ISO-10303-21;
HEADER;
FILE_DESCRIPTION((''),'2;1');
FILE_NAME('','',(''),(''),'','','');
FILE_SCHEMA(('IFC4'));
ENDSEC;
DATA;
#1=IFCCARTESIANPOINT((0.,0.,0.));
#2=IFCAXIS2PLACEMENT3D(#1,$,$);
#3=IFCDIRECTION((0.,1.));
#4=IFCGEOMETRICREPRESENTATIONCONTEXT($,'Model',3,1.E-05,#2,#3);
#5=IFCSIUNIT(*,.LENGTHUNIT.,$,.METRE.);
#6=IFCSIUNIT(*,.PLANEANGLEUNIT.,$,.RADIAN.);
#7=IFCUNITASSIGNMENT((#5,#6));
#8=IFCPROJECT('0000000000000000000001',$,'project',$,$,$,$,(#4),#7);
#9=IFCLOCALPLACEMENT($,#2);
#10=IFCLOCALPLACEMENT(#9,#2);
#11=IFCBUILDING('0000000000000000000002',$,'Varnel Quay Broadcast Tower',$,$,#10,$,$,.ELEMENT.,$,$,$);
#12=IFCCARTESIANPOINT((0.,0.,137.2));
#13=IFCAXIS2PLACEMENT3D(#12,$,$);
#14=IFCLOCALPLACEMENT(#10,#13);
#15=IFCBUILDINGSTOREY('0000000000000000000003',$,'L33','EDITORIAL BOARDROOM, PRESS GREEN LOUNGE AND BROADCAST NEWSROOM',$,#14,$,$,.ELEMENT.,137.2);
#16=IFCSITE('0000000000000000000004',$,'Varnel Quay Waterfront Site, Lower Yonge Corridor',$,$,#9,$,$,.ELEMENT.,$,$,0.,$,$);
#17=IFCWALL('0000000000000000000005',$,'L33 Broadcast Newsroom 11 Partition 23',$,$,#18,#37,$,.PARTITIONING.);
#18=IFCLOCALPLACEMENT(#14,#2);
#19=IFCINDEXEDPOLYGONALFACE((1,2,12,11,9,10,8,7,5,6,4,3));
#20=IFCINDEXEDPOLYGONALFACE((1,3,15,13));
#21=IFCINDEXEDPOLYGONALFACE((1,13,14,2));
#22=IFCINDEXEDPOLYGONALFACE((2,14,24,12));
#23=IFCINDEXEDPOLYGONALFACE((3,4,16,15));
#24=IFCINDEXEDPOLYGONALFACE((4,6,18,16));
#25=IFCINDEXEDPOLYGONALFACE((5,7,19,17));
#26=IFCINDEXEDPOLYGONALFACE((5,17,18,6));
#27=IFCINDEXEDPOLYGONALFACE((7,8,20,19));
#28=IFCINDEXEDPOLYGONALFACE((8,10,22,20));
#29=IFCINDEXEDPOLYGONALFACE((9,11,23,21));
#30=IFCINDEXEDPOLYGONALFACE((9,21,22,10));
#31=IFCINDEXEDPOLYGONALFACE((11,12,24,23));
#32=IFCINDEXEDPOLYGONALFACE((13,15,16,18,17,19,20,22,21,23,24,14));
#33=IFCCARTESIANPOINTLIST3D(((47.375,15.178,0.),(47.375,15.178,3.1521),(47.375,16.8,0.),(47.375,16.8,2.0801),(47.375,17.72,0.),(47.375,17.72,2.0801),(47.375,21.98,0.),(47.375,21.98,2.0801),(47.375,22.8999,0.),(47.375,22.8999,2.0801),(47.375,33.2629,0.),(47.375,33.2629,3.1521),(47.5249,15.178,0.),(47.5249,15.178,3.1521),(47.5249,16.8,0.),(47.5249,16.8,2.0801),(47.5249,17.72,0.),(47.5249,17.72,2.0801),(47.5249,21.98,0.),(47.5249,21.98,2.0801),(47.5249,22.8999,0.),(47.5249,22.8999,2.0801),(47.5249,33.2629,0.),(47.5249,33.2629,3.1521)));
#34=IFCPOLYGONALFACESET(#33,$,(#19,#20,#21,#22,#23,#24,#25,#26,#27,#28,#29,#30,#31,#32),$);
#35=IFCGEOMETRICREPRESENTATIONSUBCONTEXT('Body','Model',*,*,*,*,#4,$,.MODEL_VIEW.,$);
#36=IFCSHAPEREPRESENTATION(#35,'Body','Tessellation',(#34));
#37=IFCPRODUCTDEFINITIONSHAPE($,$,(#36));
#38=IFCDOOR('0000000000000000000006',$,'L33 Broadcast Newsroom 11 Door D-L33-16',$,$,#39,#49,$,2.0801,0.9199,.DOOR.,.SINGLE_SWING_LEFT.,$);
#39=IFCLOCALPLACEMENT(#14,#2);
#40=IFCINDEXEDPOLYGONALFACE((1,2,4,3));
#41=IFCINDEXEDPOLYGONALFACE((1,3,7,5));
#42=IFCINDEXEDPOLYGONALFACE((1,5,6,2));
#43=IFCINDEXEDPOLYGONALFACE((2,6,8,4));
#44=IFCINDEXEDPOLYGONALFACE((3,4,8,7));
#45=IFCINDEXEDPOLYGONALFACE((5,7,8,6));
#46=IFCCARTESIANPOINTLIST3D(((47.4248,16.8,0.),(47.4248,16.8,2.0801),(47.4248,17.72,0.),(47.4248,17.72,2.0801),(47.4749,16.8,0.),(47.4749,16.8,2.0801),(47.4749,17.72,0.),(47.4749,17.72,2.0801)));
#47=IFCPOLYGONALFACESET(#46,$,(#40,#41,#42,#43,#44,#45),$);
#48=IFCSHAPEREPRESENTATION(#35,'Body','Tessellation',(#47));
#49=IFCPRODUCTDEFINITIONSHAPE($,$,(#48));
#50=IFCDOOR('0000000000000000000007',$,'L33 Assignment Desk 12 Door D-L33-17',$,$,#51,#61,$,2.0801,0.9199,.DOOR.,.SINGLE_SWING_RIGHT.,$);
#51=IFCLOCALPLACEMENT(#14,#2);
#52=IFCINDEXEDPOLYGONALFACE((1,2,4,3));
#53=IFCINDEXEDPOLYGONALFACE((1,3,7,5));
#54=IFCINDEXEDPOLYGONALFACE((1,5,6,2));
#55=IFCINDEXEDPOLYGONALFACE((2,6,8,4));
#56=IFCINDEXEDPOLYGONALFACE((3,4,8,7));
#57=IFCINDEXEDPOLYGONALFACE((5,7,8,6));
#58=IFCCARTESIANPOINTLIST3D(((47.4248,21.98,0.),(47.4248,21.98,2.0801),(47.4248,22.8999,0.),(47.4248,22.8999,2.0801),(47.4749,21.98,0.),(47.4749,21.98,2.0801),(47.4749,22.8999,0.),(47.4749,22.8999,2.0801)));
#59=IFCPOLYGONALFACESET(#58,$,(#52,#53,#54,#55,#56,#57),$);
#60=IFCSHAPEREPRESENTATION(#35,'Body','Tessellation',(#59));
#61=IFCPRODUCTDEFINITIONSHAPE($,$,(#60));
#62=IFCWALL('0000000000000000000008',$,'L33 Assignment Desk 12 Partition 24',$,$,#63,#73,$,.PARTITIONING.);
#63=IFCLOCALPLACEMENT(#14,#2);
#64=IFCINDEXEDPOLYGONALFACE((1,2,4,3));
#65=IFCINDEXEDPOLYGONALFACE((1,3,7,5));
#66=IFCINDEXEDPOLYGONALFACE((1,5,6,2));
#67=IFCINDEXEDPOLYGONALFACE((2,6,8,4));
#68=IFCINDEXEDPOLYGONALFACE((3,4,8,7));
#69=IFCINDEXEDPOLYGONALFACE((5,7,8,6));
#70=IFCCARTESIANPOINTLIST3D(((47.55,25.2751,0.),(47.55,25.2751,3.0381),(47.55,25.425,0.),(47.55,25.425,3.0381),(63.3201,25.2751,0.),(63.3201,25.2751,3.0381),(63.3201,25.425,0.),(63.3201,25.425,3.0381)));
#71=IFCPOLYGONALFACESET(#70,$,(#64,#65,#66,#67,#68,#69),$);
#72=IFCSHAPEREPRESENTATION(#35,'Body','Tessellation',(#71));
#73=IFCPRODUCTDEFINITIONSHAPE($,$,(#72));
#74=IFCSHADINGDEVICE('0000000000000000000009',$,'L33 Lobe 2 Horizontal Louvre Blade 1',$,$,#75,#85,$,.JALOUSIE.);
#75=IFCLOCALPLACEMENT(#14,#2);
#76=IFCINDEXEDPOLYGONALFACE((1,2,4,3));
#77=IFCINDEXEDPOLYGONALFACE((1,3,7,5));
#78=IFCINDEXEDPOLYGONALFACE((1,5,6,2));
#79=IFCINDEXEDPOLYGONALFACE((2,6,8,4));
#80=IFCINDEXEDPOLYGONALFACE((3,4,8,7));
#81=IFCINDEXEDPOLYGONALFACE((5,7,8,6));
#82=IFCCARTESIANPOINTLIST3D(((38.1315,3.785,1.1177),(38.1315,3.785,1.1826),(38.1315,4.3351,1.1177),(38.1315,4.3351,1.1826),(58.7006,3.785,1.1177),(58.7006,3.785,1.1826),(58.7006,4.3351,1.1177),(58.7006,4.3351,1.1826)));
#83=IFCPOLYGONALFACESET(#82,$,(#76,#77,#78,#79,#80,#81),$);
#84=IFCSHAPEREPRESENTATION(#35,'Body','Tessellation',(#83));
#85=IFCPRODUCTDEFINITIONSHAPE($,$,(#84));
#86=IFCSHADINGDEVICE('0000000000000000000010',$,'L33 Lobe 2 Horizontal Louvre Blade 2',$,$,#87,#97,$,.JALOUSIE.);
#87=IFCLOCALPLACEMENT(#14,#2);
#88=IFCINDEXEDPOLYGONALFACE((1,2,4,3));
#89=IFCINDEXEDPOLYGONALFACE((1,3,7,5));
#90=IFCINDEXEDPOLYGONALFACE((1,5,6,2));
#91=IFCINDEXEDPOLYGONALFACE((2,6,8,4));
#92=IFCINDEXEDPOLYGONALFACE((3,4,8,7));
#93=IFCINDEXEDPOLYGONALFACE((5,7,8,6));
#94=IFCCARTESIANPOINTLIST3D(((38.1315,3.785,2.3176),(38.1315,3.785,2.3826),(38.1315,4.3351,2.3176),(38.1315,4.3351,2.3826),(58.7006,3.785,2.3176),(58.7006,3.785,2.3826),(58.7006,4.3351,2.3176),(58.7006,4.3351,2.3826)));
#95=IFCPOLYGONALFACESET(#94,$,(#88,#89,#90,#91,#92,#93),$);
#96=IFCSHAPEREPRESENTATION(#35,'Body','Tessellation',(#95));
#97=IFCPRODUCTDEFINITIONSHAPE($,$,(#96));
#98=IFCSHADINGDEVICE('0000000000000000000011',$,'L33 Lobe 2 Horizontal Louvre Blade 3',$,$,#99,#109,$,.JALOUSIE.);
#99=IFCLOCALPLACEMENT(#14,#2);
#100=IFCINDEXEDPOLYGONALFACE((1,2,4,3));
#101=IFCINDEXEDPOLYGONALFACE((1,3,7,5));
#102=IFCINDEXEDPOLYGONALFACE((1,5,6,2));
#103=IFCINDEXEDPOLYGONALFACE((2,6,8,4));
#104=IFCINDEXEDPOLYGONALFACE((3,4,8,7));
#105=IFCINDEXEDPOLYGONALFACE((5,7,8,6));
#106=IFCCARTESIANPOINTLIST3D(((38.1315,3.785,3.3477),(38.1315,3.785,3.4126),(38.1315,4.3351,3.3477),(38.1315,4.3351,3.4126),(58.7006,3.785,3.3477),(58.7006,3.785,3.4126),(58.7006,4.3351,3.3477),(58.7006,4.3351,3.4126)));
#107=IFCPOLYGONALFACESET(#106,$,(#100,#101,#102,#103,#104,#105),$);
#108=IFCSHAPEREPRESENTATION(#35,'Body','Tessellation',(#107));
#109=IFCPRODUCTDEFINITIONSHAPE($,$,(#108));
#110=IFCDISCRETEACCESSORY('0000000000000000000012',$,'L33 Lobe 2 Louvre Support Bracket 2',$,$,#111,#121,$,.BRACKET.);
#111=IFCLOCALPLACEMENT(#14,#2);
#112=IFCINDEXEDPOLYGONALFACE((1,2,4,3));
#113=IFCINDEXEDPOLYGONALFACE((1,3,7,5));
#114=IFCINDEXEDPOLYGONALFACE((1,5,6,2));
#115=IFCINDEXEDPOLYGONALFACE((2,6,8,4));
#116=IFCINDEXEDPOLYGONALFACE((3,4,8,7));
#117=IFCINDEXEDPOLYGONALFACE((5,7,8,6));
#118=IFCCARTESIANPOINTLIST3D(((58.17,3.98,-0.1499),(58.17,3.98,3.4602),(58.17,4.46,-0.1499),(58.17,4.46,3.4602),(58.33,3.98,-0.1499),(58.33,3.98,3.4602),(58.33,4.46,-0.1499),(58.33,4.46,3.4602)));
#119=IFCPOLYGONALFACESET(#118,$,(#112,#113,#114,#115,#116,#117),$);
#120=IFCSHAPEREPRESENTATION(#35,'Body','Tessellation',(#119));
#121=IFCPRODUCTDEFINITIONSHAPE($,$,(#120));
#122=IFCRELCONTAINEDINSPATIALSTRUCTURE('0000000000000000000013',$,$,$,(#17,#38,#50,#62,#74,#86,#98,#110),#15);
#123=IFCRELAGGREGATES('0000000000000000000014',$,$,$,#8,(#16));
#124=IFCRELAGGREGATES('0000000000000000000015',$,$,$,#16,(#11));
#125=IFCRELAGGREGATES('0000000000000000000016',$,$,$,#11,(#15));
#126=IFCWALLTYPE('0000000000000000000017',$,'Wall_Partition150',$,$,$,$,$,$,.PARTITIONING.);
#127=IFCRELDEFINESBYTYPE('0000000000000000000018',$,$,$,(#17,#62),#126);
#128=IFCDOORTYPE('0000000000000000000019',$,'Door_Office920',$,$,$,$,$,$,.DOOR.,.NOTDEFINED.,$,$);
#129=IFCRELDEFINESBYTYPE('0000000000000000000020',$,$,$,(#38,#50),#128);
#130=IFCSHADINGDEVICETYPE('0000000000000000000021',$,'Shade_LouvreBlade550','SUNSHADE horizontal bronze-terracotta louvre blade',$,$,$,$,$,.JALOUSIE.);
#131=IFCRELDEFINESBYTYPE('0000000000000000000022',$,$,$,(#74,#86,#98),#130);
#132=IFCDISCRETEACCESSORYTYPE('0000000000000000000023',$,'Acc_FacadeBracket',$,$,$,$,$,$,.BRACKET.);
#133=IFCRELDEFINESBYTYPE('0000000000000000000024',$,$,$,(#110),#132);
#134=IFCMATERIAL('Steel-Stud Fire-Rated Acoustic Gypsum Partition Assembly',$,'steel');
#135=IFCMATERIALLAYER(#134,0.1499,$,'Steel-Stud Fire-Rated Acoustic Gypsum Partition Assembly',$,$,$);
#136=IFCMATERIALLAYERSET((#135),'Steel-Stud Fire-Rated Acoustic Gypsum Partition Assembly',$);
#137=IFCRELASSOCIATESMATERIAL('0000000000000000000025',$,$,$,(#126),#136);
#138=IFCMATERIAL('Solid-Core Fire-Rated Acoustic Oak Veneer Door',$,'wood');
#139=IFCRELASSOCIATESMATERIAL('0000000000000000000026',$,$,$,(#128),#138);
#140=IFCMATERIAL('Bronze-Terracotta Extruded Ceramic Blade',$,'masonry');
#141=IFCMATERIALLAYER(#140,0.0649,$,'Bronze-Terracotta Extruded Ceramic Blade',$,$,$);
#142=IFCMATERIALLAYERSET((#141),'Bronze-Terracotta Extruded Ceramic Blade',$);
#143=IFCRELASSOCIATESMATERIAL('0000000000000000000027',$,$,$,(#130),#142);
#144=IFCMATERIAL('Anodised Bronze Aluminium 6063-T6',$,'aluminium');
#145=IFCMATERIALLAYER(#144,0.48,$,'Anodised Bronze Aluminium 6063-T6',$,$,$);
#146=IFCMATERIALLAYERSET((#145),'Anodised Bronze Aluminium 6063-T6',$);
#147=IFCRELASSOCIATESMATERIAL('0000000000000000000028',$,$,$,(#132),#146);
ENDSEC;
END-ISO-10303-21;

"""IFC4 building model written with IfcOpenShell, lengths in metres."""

from ifc_helpers import new_model, si_unit, direction, frame, frame_2d, origin, origin_2d, place, context, subcontext, project, spatial, rectangle, extrude, source, transform, mapped, material, layer, layer_set, type_object, type_shapes, element, fill, save


model = new_model("IFC4")

# Units and contexts
model_context = context("Model", 3, precision=1e-05, world=origin(), true_north=direction((0.0, 1.0)))
body_context = subcontext(model_context, "Body", "Model", "MODEL_VIEW")
ifc_project = project(units=[si_unit("LENGTHUNIT", "METRE"), si_unit("PLANEANGLEUNIT", "RADIAN")], contexts=[model_context])

# Site, building, storey
site_placement = place(None, origin())
site = spatial("IfcSite", under=ifc_project, at=site_placement, Name="Varnel Quay Waterfront Site, Lower Yonge Corridor", CompositionType="ELEMENT", RefElevation=0.0)
building_placement = place(site_placement, origin())
building = spatial("IfcBuilding", under=site, at=building_placement, Name="Varnel Quay Broadcast Tower", CompositionType="ELEMENT")
storey_placement = place(building_placement, frame((0.0, 0.0, 137.2)))
storey = spatial("IfcBuildingStorey", under=building, at=storey_placement, Name="L33", Description="EDITORIAL BOARDROOM, PRESS GREEN LOUNGE AND BROADCAST NEWSROOM", CompositionType="ELEMENT", Elevation=137.2)

# Shared definitions
ifc_material_1 = material(Name="Anodised Bronze Aluminium 6063-T6", Category="aluminium")

# Shared definitions
ifc_material_2 = material(Name="Steel-Stud Fire-Rated Acoustic Gypsum Partition Assembly", Category="steel")
ifc_layer_1 = layer(ifc_material_2, 0.1499, Name="Steel-Stud Fire-Rated Acoustic Gypsum Partition Assembly")
ifc_layer_set_1 = layer_set([ifc_layer_1], Name="Steel-Stud Fire-Rated Acoustic Gypsum Partition Assembly")
wall_type_1 = type_object("IfcWallType", Name="Wall_Partition150", PredefinedType="PARTITIONING", material=ifc_layer_set_1)

# Wall, openings, doors
wall_1_placement = place(storey_placement, frame((47.45, 15.178, 0.0), z_axis=(0.0, 0.0, 1.0), x_axis=(0.0, 1.0, 0.0)))
wall_1 = element("IfcWall", 1, at=wall_1_placement, inside=storey, type_object=wall_type_1, Name="L33 Broadcast Newsroom 11 Partition 23", PredefinedType="PARTITIONING", context=body_context, shape_type="SweptSolid", body=[
    extrude(rectangle(XDim=18.085, YDim=0.1499, at=frame_2d((9.0425, 0.0))), origin(), (0.0, 0.0, 1.0), 3.1521),
])
opening_1_placement = place(wall_1_placement, frame((1.6221, 0.0, 0.0)))
opening_1 = element("IfcOpeningElement", 2, at=opening_1_placement, cuts=wall_1, PredefinedType="OPENING", context=body_context, shape_type="SweptSolid", body=[
    extrude(rectangle(XDim=0.9199, YDim=2.0801, at=frame_2d((0.46, 1.04))), frame((0.0, 0.085, 0.0), z_axis=(0.0, -1.0, 0.0), x_axis=(1.0, 0.0, 0.0)), (0.0, 0.0, 1.0), 0.1699),
])
opening_2_placement = place(wall_1_placement, frame((6.802, 0.0, 0.0)))
opening_2 = element("IfcOpeningElement", 3, at=opening_2_placement, cuts=wall_1, PredefinedType="OPENING", context=body_context, shape_type="SweptSolid", body=[
    extrude(rectangle(XDim=0.9199, YDim=2.0801, at=frame_2d((0.46, 1.04))), frame((0.0, 0.085, 0.0), z_axis=(0.0, -1.0, 0.0), x_axis=(1.0, 0.0, 0.0)), (0.0, 0.0, 1.0), 0.1699),
])
ifc_material_3 = material(Name="Solid-Core Fire-Rated Acoustic Oak Veneer Door", Category="wood")
door_type = type_object("IfcDoorType", Name="Door_Office920", OperationType="NOTDEFINED", PredefinedType="DOOR", material=ifc_material_3)
shared_shape_1 = source(origin(), body_context, "Body", "SweptSolid", [
    extrude(rectangle(XDim=0.9199, YDim=2.0801, at=frame_2d((0.46, 1.04))), frame((0.0, 0.0249, 0.0), z_axis=(0.0, -1.0, 0.0), x_axis=(1.0, 0.0, 0.0)), (0.0, 0.0, 1.0), 0.05),
])
type_shapes(door_type, [shared_shape_1])
door_1_placement = place(opening_1_placement, frame((0.9199, 0.0, 0.0), z_axis=(0.0, 0.0, 1.0), x_axis=(-1.0, 0.0, 0.0)))
door_1 = element("IfcDoor", 4, at=door_1_placement, inside=storey, type_object=door_type, Name="L33 Broadcast Newsroom 11 Door D-L33-16", OperationType="SINGLE_SWING_LEFT", OverallHeight=2.0801, OverallWidth=0.9199, PredefinedType="DOOR", context=body_context, shape_type="MappedRepresentation", body=[
    mapped(shared_shape_1, transform((0.0, 0.0, 0.0), x_axis=(1.0, 0.0, 0.0), y_axis=(0.0, 1.0, 0.0), z_axis=(0.0, 0.0, 1.0), scale=1.0)),
])
fill(opening_1, door_1)
door_2_placement = place(opening_2_placement, frame((0.9199, 0.0, 0.0), z_axis=(0.0, 0.0, 1.0), x_axis=(-1.0, 0.0, 0.0)))
door_2 = element("IfcDoor", 5, at=door_2_placement, inside=storey, type_object=door_type, Name="L33 Assignment Desk 12 Door D-L33-17", OperationType="SINGLE_SWING_RIGHT", OverallHeight=2.0801, OverallWidth=0.9199, PredefinedType="DOOR", context=body_context, shape_type="MappedRepresentation", body=[
    mapped(shared_shape_1, transform((0.0, 0.0, 0.0), x_axis=(1.0, 0.0, 0.0), y_axis=(0.0, 1.0, 0.0), z_axis=(0.0, 0.0, 1.0), scale=1.0)),
])
fill(opening_2, door_2)

# Wall
wall_2_placement = place(storey_placement, frame((47.55, 25.3501, 0.0), z_axis=(0.0, 0.0, 1.0), x_axis=(1.0, 0.0, 0.0)))
element("IfcWall", 6, at=wall_2_placement, inside=storey, type_object=wall_type_1, Name="L33 Assignment Desk 12 Partition 24", PredefinedType="PARTITIONING", context=body_context, shape_type="SweptSolid", body=[
    extrude(rectangle(XDim=15.77, YDim=0.1499, at=frame_2d((7.885, 0.0))), origin(), (0.0, 0.0, 1.0), 3.0381),
])

# Shading devices
ifc_material_4 = material(Name="Bronze-Terracotta Extruded Ceramic Blade", Category="masonry")
ifc_layer_2 = layer(ifc_material_4, 0.0649, Name="Bronze-Terracotta Extruded Ceramic Blade")
ifc_layer_set_2 = layer_set([ifc_layer_2], Name="Bronze-Terracotta Extruded Ceramic Blade")
shading_device_type = type_object("IfcShadingDeviceType", Name="Shade_LouvreBlade550", Description="SUNSHADE horizontal bronze-terracotta louvre blade", PredefinedType="JALOUSIE", material=ifc_layer_set_2)
shared_shape_2 = source(origin(), body_context, "Body", "SweptSolid", [
    extrude(rectangle(XDim=20.5691, YDim=0.55, at=origin_2d()), origin(), (0.0, 0.0, 1.0), 0.0649),
])
type_shapes(shading_device_type, [shared_shape_2])
for number, where, z_axis, x_axis, name in (
    (7, (48.416, 4.0601, 1.1177), (0.0, 0.0, 1.0), (1.0, 0.0, 0.0), "L33 Lobe 2 Horizontal Louvre Blade 1"),
    (8, (48.416, 4.0601, 2.3176), (0.0, 0.0, 1.0), (1.0, 0.0, 0.0), "L33 Lobe 2 Horizontal Louvre Blade 2"),
    (9, (48.416, 4.0601, 3.3477), (0.0, 0.0, 1.0), (1.0, 0.0, 0.0), "L33 Lobe 2 Horizontal Louvre Blade 3"),
):
    element("IfcShadingDevice", number, at=place(storey_placement, frame(where, z_axis=z_axis, x_axis=x_axis)), inside=storey, type_object=shading_device_type, Name=name, PredefinedType="JALOUSIE", context=body_context, shape_type="MappedRepresentation", body=[
        mapped(shared_shape_2, transform((0.0, 0.0, 0.0), x_axis=(1.0, 0.0, 0.0), y_axis=(0.0, 1.0, 0.0), z_axis=(0.0, 0.0, 1.0), scale=1.0)),
    ])

# Discrete accessory
ifc_layer_3 = layer(ifc_material_1, 0.48, Name="Anodised Bronze Aluminium 6063-T6")
ifc_layer_set_3 = layer_set([ifc_layer_3], Name="Anodised Bronze Aluminium 6063-T6")
discrete_accessory_type = type_object("IfcDiscreteAccessoryType", Name="Acc_FacadeBracket", PredefinedType="BRACKET", material=ifc_layer_set_3)
shared_shape_3 = source(origin(), body_context, "Body", "SweptSolid", [
    extrude(rectangle(XDim=0.1599, YDim=0.48, at=origin_2d()), origin(), (0.0, 0.0, 1.0), 3.6101),
])
type_shapes(discrete_accessory_type, [shared_shape_3])
discrete_accessory_placement = place(storey_placement, frame((58.25, 4.22, -0.1499), z_axis=(0.0, 0.0, 1.0), x_axis=(1.0, 0.0, 0.0)))
element("IfcDiscreteAccessory", 10, at=discrete_accessory_placement, inside=storey, type_object=discrete_accessory_type, Name="L33 Lobe 2 Louvre Support Bracket 2", PredefinedType="BRACKET", context=body_context, shape_type="MappedRepresentation", body=[
    mapped(shared_shape_3, transform((0.0, 0.0, 0.0), x_axis=(1.0, 0.0, 0.0), y_axis=(0.0, 1.0, 0.0), z_axis=(0.0, 0.0, 1.0), scale=1.0)),
])

save(model, "model.ifc")
